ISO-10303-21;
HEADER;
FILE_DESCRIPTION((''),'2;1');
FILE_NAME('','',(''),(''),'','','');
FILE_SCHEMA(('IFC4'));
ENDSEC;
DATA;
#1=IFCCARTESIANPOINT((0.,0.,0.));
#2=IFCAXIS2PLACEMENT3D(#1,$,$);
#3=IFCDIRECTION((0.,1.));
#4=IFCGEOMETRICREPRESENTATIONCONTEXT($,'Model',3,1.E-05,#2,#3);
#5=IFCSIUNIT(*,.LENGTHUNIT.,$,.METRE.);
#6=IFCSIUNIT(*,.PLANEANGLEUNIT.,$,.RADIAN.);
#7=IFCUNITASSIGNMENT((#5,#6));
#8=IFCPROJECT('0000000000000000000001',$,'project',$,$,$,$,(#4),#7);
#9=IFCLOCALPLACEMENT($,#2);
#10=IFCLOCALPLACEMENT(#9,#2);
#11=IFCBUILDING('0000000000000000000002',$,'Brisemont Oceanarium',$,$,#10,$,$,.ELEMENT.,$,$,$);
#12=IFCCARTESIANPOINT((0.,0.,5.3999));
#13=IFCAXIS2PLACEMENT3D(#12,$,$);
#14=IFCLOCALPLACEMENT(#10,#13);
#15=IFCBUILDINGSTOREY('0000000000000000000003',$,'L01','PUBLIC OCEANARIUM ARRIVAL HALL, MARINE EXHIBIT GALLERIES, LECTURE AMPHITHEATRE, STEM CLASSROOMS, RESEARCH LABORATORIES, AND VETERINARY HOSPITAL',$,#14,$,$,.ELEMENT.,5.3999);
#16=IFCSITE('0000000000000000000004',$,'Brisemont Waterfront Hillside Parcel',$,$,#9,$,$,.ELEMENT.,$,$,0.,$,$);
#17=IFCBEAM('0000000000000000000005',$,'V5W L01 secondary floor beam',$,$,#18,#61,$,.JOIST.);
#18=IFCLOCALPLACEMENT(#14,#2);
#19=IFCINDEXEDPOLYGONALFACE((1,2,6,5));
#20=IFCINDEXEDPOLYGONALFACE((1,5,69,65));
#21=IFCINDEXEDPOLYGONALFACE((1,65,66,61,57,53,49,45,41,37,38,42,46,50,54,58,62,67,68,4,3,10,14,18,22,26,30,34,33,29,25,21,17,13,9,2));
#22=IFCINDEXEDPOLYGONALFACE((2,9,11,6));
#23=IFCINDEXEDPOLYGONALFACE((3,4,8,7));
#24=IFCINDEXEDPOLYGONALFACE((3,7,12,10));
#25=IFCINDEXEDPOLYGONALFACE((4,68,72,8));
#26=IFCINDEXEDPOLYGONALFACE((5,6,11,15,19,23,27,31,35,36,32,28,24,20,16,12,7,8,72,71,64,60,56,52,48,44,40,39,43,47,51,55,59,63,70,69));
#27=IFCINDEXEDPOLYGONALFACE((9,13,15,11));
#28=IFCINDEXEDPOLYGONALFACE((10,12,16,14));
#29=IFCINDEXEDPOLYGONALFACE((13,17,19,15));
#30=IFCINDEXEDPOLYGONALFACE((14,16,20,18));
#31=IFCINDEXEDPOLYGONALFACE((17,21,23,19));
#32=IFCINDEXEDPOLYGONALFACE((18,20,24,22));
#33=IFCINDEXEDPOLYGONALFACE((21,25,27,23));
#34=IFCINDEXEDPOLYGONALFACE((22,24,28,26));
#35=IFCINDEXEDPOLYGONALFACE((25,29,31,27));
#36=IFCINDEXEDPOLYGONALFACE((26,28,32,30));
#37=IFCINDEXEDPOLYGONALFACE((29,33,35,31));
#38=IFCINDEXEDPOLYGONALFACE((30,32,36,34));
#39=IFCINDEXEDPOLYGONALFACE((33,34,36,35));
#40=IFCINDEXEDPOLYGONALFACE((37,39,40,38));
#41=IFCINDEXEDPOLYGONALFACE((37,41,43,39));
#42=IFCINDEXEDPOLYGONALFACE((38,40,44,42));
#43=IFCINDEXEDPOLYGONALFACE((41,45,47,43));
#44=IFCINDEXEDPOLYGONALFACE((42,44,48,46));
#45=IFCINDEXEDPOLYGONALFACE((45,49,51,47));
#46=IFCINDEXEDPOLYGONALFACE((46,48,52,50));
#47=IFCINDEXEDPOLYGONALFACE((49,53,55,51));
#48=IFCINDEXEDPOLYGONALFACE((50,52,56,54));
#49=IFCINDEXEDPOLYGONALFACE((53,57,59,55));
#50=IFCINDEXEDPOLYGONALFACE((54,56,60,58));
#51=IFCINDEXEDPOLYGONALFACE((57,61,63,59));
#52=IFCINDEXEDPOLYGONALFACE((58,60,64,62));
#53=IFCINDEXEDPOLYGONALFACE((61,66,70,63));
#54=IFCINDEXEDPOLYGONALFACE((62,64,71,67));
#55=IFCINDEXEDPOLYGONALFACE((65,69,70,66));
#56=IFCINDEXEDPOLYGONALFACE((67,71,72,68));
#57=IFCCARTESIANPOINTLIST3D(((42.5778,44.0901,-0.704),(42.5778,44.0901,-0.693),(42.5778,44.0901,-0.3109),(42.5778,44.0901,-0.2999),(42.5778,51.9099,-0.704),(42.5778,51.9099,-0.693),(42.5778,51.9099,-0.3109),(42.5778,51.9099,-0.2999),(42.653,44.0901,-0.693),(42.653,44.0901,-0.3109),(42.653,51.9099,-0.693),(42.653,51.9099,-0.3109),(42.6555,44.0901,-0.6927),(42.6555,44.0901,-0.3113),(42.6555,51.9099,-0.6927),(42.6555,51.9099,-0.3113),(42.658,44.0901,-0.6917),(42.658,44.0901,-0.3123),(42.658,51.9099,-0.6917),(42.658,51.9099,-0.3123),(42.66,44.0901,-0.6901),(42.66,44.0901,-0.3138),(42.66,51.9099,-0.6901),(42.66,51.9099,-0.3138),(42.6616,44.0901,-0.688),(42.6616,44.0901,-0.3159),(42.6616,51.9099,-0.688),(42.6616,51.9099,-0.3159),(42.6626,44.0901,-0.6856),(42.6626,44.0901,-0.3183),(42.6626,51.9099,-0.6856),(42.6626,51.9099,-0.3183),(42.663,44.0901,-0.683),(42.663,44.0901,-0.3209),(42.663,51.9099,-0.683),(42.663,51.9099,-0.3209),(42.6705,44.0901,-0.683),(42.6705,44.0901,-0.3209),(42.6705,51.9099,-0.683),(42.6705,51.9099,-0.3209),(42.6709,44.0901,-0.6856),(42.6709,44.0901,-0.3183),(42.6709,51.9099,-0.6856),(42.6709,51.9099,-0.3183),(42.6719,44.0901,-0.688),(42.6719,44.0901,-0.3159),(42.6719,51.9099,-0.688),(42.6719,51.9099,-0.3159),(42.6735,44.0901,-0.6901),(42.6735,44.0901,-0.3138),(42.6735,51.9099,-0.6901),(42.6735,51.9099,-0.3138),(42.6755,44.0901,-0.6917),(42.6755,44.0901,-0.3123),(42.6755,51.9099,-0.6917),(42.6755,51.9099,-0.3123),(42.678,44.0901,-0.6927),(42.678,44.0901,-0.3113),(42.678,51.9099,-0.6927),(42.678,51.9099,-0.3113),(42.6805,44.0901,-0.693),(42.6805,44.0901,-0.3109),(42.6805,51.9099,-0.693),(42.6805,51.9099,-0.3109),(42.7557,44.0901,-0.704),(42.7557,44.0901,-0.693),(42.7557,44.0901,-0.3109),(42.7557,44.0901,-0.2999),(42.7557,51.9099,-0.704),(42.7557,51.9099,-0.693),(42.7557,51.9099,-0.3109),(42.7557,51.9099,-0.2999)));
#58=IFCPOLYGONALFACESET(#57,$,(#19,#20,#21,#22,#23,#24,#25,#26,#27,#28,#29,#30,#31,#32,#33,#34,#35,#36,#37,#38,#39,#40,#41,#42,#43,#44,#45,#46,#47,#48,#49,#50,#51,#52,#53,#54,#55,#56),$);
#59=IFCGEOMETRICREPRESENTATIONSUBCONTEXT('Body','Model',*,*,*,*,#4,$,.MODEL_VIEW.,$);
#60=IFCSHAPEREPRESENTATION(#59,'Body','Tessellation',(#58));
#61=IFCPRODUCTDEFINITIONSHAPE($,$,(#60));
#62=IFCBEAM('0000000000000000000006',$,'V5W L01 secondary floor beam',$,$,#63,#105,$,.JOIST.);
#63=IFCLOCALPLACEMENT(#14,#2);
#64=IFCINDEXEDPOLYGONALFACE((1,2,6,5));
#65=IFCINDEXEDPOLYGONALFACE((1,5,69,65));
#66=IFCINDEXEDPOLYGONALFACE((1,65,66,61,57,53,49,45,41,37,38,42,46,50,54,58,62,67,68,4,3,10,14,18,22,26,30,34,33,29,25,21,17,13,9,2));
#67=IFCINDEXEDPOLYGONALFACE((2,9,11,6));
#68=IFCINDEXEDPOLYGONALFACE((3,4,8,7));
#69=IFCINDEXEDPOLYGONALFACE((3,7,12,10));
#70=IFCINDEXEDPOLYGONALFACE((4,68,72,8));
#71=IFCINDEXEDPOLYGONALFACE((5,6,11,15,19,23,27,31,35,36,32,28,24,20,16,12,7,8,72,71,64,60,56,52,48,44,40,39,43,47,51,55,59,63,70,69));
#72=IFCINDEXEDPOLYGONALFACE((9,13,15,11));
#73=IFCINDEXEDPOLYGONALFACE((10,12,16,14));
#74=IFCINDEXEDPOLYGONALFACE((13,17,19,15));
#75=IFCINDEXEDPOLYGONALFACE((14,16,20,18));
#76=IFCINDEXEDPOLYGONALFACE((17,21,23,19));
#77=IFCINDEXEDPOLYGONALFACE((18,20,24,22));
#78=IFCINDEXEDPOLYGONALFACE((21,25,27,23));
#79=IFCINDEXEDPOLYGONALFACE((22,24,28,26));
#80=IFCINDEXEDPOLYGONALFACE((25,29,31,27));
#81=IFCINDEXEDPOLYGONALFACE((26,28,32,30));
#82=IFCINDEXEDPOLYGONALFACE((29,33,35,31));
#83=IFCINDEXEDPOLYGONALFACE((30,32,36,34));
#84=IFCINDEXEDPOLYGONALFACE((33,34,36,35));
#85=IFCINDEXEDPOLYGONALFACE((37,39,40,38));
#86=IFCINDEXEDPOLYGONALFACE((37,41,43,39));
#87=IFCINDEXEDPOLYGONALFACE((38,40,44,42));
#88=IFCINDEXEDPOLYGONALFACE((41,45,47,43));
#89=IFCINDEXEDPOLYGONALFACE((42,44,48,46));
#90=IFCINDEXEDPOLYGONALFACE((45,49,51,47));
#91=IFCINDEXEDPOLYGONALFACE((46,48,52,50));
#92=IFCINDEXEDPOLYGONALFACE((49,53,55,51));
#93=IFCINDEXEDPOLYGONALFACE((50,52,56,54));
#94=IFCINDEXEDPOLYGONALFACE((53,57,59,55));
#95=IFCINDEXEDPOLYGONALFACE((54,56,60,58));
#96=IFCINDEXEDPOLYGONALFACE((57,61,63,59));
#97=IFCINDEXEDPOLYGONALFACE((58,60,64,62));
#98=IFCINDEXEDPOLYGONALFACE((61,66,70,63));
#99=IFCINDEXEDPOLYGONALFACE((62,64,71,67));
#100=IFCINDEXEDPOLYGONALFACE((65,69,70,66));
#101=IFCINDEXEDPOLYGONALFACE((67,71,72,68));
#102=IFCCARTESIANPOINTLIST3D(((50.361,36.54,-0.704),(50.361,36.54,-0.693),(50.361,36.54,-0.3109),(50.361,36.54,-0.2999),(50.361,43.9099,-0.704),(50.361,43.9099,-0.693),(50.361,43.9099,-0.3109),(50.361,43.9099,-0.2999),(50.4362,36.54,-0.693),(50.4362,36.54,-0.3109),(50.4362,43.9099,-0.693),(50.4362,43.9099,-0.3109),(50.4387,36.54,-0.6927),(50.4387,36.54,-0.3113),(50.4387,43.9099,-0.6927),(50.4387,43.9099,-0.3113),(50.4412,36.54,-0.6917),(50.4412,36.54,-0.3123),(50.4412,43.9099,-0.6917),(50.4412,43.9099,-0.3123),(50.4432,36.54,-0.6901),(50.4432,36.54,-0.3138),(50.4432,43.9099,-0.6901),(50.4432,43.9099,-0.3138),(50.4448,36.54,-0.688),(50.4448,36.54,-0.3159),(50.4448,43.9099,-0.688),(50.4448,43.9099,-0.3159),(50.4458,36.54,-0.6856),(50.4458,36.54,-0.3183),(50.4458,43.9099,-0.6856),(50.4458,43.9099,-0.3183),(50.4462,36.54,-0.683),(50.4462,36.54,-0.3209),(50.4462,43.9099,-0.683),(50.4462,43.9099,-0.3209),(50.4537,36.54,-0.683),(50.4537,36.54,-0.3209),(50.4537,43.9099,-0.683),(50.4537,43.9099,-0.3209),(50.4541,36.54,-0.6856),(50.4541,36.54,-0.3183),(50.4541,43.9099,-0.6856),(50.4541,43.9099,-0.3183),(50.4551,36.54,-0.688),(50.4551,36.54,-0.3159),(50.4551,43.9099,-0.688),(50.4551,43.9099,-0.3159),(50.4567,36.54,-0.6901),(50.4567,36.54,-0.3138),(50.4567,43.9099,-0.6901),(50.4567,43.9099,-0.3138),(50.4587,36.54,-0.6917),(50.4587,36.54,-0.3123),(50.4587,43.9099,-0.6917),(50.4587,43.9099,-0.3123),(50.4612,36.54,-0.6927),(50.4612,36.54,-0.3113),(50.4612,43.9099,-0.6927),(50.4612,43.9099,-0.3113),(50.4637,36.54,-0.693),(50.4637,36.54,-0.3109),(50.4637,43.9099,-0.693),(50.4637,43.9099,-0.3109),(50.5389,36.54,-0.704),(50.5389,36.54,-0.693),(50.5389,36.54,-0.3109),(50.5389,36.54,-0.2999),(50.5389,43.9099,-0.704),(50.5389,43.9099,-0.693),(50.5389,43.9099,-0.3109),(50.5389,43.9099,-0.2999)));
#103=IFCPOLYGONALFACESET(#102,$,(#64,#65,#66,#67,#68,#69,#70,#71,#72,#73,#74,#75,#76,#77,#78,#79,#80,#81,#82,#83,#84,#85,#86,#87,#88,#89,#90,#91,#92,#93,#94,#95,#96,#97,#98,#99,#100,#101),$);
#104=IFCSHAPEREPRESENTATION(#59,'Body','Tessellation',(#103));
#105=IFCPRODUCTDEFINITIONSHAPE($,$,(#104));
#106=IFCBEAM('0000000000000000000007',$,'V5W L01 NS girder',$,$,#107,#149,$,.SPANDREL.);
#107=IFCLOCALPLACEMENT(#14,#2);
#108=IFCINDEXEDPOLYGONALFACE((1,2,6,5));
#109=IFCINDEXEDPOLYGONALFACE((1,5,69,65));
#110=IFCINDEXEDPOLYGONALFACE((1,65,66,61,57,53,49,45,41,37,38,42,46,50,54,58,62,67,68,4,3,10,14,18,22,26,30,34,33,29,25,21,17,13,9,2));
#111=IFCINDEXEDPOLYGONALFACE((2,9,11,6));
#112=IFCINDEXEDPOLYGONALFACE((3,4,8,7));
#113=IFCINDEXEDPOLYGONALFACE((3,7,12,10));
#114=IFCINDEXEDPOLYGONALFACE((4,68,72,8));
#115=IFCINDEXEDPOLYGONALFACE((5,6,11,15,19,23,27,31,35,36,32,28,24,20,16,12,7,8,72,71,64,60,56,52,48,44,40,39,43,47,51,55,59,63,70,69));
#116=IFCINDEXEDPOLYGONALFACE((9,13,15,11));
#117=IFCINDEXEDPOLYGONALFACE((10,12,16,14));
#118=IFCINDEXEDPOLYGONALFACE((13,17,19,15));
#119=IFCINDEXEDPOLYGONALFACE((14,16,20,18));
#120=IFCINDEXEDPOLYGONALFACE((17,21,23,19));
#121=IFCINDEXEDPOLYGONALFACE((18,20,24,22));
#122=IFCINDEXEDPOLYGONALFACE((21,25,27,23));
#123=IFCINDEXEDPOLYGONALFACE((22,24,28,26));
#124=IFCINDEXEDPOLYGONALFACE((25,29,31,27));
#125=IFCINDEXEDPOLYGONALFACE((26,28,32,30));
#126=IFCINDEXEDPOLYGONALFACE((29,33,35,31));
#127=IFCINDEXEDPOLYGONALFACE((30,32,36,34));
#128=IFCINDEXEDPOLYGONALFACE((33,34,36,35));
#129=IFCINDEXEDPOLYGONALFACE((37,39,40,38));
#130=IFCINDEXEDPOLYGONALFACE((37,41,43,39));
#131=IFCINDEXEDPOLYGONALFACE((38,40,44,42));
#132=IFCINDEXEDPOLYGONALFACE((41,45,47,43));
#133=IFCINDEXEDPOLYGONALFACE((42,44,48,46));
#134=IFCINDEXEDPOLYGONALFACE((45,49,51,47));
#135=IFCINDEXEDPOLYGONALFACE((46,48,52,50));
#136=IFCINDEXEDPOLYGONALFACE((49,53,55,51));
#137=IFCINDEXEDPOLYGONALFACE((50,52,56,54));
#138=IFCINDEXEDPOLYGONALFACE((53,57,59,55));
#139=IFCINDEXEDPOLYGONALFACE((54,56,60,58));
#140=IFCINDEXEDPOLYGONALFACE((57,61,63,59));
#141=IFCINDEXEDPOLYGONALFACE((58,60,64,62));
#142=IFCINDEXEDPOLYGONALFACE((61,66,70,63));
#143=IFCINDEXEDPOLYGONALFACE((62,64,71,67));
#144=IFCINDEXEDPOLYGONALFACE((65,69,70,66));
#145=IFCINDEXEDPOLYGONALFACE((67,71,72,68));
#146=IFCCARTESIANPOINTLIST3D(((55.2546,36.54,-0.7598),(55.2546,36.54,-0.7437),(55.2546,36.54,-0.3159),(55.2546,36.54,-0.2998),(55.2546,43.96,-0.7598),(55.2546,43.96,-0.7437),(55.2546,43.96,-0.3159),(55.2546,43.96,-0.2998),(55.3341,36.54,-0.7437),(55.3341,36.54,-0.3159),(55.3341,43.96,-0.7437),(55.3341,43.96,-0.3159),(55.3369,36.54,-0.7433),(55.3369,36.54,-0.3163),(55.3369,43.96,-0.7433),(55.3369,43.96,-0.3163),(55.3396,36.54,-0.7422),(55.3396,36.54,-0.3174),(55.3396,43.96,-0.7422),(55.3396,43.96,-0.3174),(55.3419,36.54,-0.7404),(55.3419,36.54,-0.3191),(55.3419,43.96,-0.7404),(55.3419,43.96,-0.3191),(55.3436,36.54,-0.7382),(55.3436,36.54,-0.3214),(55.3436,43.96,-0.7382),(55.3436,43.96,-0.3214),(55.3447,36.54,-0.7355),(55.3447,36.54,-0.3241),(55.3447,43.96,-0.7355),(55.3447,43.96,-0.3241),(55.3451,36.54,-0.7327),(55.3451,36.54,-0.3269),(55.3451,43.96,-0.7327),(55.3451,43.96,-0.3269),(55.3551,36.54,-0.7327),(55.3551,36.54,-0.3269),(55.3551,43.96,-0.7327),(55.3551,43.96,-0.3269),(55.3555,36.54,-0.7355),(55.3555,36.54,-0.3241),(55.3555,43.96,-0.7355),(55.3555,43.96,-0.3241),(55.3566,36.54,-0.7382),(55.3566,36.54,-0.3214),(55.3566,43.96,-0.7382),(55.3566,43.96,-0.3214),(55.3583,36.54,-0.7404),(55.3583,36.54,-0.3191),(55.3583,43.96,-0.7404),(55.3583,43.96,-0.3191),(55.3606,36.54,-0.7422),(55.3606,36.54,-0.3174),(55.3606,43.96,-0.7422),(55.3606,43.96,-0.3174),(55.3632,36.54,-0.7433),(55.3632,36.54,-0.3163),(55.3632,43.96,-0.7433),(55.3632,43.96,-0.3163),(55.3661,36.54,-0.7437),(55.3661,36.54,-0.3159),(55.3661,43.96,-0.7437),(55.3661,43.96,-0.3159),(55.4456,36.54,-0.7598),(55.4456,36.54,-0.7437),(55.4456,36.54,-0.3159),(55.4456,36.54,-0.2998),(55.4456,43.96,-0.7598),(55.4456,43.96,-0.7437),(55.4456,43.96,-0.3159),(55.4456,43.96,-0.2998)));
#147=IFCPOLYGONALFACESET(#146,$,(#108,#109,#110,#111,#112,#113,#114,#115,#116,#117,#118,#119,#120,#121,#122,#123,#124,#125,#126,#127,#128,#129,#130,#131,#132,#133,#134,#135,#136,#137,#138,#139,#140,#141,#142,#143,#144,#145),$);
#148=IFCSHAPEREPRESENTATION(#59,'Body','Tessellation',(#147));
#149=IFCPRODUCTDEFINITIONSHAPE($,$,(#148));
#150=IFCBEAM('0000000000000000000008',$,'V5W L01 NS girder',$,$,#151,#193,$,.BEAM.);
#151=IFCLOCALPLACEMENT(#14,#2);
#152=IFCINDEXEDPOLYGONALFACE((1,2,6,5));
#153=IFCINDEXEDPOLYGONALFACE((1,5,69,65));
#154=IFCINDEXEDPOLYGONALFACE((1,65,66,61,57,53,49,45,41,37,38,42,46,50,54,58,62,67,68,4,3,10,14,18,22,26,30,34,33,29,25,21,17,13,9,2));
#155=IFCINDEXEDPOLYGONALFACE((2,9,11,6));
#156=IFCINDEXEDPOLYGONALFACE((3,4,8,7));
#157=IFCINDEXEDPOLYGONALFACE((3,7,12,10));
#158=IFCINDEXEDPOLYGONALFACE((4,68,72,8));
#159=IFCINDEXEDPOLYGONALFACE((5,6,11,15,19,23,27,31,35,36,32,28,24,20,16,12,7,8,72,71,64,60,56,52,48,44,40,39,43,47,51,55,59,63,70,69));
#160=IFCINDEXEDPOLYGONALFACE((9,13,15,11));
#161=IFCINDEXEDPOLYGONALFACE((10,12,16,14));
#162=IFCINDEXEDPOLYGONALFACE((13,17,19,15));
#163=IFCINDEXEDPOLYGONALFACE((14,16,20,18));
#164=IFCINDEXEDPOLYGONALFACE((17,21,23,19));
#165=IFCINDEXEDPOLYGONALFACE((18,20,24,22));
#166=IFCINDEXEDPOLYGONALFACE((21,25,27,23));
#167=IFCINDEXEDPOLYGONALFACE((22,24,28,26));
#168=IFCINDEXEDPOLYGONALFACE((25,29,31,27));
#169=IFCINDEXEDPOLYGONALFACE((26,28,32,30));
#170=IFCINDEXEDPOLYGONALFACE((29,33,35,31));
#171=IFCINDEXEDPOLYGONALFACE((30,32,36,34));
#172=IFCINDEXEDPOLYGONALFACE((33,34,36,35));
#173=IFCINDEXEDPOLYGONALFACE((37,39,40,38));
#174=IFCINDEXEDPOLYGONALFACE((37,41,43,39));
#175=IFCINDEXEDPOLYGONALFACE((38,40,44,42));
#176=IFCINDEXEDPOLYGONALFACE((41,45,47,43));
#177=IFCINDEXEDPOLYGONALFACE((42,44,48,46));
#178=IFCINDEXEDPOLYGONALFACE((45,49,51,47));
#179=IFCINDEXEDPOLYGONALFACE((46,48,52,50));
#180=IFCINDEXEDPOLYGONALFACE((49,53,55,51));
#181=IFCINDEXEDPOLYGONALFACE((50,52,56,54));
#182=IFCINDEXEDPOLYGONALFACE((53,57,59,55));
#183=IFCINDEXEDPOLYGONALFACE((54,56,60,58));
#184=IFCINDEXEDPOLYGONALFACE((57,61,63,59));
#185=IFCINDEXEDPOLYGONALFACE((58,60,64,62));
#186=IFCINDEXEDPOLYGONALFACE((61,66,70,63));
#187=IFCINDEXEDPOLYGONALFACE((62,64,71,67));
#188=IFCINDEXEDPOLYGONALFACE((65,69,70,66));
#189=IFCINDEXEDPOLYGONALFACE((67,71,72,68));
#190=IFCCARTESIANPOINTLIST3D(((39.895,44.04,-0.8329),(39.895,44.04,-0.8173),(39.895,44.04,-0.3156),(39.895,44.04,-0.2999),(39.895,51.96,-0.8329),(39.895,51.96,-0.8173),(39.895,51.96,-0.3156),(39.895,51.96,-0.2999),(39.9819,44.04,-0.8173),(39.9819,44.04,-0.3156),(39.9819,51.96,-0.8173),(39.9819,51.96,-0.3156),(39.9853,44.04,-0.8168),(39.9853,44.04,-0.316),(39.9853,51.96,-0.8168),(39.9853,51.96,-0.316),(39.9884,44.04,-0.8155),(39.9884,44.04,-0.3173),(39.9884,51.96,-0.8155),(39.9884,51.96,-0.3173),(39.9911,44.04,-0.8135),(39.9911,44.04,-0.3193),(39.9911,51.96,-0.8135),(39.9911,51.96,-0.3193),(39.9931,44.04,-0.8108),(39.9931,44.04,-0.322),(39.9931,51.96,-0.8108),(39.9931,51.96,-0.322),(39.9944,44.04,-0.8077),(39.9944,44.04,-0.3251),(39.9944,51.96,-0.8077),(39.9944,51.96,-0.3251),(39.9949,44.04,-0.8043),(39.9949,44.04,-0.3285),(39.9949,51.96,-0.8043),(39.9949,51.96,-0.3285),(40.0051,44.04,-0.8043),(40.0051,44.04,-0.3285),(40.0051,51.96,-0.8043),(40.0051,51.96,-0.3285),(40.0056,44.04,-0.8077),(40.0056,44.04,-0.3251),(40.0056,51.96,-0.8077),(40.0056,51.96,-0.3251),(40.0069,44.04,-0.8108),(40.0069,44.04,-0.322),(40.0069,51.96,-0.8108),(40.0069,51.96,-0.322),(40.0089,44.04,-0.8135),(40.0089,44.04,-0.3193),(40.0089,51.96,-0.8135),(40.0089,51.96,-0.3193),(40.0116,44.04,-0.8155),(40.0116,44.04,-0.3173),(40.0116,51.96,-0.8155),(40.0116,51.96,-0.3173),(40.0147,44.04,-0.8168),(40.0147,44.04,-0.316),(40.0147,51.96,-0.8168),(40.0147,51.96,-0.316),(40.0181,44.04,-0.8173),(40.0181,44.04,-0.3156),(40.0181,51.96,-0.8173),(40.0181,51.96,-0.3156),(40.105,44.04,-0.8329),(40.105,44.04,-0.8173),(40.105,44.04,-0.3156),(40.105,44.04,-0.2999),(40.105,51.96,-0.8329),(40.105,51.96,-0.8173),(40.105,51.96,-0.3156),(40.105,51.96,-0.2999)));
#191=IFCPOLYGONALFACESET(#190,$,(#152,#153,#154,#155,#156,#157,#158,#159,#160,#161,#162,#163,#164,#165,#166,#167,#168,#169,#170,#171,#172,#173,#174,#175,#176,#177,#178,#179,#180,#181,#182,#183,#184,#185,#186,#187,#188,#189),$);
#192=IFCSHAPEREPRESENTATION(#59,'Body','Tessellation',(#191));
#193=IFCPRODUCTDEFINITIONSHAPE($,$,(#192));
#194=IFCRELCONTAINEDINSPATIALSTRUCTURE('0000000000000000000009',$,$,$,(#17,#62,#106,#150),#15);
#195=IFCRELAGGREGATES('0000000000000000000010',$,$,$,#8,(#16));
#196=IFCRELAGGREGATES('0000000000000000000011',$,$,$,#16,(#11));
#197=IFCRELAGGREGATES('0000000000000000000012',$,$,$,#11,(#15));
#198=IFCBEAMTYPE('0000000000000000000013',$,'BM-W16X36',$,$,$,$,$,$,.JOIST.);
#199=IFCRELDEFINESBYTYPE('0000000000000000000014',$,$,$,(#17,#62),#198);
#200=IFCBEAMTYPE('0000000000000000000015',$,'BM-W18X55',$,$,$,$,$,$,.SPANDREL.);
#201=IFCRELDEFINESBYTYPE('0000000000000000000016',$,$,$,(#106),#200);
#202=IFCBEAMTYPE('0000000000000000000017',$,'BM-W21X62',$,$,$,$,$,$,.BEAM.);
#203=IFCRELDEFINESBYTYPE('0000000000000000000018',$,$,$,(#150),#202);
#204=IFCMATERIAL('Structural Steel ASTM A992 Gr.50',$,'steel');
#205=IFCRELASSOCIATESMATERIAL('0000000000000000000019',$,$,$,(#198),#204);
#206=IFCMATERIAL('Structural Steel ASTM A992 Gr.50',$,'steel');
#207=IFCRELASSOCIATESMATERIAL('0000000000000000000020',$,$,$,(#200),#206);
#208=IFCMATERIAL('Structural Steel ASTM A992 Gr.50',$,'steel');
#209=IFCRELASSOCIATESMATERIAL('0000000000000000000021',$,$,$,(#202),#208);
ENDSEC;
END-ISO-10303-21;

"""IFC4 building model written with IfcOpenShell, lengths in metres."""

from ifc_helpers import new_model, si_unit, direction, frame, origin, origin_2d, place, context, subcontext, project, spatial, i_section, extrude, material, material_profile, profile_set, type_object, element, save


model = new_model("IFC4")

# Units and contexts
model_context = context("Model", 3, precision=1e-05, world=origin(), true_north=direction((0.0, 1.0)))
body_context = subcontext(model_context, "Body", "Model", "MODEL_VIEW")
ifc_project = project(units=[si_unit("LENGTHUNIT", "METRE"), si_unit("PLANEANGLEUNIT", "RADIAN")], contexts=[model_context])

# Site, building, storey
site_placement = place(None, origin())
site = spatial("IfcSite", under=ifc_project, at=site_placement, Name="Brisemont Waterfront Hillside Parcel", CompositionType="ELEMENT", RefElevation=0.0)
building_placement = place(site_placement, origin())
building = spatial("IfcBuilding", under=site, at=building_placement, Name="Brisemont Oceanarium", CompositionType="ELEMENT")
storey_placement = place(building_placement, frame((0.0, 0.0, 5.3999)))
storey = spatial("IfcBuildingStorey", under=building, at=storey_placement, Name="L01", Description="PUBLIC OCEANARIUM ARRIVAL HALL, MARINE EXHIBIT GALLERIES, LECTURE AMPHITHEATRE, STEM CLASSROOMS, RESEARCH LABORATORIES, AND VETERINARY HOSPITAL", CompositionType="ELEMENT", Elevation=5.3999)

# Beams
ifc_material_1 = material(Name="Structural Steel ASTM A992 Gr.50", Category="steel")
ifc_material_profile_1 = material_profile(ifc_material_1, i_section(OverallWidth=0.178, OverallDepth=0.4041, WebThickness=0.0076, FlangeThickness=0.011, FilletRadius=0.01, at=origin_2d()), Name="W16X36")
ifc_profile_set_1 = profile_set([ifc_material_profile_1], Name="Structural Steel ASTM A992 Gr.50")
beam_type_1 = type_object("IfcBeamType", Name="BM-W16X36", PredefinedType="JOIST", material=ifc_profile_set_1)
beam_1_placement = place(storey_placement, frame((42.6667, 44.0901, -0.502), z_axis=(0.0, 1.0, 0.0), x_axis=(-1.0, 0.0, 0.0)))
element("IfcBeam", 1, at=beam_1_placement, inside=storey, type_object=beam_type_1, Name="V5W L01 secondary floor beam", PredefinedType="JOIST", context=body_context, shape_type="SweptSolid", body=[
    extrude(i_section(OverallWidth=0.178, OverallDepth=0.4041, WebThickness=0.0076, FlangeThickness=0.011, FilletRadius=0.01, at=origin_2d()), origin(), (0.0, 0.0, 1.0), 7.8198),
])
beam_2_placement = place(storey_placement, frame((50.45, 36.54, -0.502), z_axis=(0.0, 1.0, 0.0), x_axis=(-1.0, 0.0, 0.0)))
element("IfcBeam", 2, at=beam_2_placement, inside=storey, type_object=beam_type_1, Name="V5W L01 secondary floor beam", PredefinedType="JOIST", context=body_context, shape_type="SweptSolid", body=[
    extrude(i_section(OverallWidth=0.178, OverallDepth=0.4041, WebThickness=0.0076, FlangeThickness=0.011, FilletRadius=0.01, at=origin_2d()), origin(), (0.0, 0.0, 1.0), 7.3699),
])
ifc_material_2 = material(Name="Structural Steel ASTM A992 Gr.50", Category="steel")
ifc_material_profile_2 = material_profile(ifc_material_2, i_section(OverallWidth=0.1909, OverallDepth=0.46, WebThickness=0.01, FlangeThickness=0.0161, FilletRadius=0.011, at=origin_2d()), Name="W18X55")
ifc_profile_set_2 = profile_set([ifc_material_profile_2], Name="Structural Steel ASTM A992 Gr.50")
beam_type_2 = type_object("IfcBeamType", Name="BM-W18X55", PredefinedType="SPANDREL", material=ifc_profile_set_2)
beam_3_placement = place(storey_placement, frame((55.3501, 36.54, -0.5298), z_axis=(0.0, 1.0, 0.0), x_axis=(-1.0, 0.0, 0.0)))
element("IfcBeam", 3, at=beam_3_placement, inside=storey, type_object=beam_type_2, Name="V5W L01 NS girder", PredefinedType="SPANDREL", context=body_context, shape_type="SweptSolid", body=[
    extrude(i_section(OverallWidth=0.1909, OverallDepth=0.46, WebThickness=0.01, FlangeThickness=0.0161, FilletRadius=0.011, at=origin_2d()), origin(), (0.0, 0.0, 1.0), 7.4199),
])
ifc_material_3 = material(Name="Structural Steel ASTM A992 Gr.50", Category="steel")
ifc_material_profile_3 = material_profile(ifc_material_3, i_section(OverallWidth=0.21, OverallDepth=0.533, WebThickness=0.0103, FlangeThickness=0.0156, FilletRadius=0.0129, at=origin_2d()), Name="W21X62")
ifc_profile_set_3 = profile_set([ifc_material_profile_3], Name="Structural Steel ASTM A992 Gr.50")
beam_type_3 = type_object("IfcBeamType", Name="BM-W21X62", PredefinedType="BEAM", material=ifc_profile_set_3)
beam_4_placement = place(storey_placement, frame((40.0, 44.04, -0.5664), z_axis=(0.0, 1.0, 0.0), x_axis=(-1.0, 0.0, 0.0)))
element("IfcBeam", 4, at=beam_4_placement, inside=storey, type_object=beam_type_3, Name="V5W L01 NS girder", PredefinedType="BEAM", context=body_context, shape_type="SweptSolid", body=[
    extrude(i_section(OverallWidth=0.21, OverallDepth=0.533, WebThickness=0.0103, FlangeThickness=0.0156, FilletRadius=0.0129, at=origin_2d()), origin(), (0.0, 0.0, 1.0), 7.9199),
])

save(model, "model.ifc")
